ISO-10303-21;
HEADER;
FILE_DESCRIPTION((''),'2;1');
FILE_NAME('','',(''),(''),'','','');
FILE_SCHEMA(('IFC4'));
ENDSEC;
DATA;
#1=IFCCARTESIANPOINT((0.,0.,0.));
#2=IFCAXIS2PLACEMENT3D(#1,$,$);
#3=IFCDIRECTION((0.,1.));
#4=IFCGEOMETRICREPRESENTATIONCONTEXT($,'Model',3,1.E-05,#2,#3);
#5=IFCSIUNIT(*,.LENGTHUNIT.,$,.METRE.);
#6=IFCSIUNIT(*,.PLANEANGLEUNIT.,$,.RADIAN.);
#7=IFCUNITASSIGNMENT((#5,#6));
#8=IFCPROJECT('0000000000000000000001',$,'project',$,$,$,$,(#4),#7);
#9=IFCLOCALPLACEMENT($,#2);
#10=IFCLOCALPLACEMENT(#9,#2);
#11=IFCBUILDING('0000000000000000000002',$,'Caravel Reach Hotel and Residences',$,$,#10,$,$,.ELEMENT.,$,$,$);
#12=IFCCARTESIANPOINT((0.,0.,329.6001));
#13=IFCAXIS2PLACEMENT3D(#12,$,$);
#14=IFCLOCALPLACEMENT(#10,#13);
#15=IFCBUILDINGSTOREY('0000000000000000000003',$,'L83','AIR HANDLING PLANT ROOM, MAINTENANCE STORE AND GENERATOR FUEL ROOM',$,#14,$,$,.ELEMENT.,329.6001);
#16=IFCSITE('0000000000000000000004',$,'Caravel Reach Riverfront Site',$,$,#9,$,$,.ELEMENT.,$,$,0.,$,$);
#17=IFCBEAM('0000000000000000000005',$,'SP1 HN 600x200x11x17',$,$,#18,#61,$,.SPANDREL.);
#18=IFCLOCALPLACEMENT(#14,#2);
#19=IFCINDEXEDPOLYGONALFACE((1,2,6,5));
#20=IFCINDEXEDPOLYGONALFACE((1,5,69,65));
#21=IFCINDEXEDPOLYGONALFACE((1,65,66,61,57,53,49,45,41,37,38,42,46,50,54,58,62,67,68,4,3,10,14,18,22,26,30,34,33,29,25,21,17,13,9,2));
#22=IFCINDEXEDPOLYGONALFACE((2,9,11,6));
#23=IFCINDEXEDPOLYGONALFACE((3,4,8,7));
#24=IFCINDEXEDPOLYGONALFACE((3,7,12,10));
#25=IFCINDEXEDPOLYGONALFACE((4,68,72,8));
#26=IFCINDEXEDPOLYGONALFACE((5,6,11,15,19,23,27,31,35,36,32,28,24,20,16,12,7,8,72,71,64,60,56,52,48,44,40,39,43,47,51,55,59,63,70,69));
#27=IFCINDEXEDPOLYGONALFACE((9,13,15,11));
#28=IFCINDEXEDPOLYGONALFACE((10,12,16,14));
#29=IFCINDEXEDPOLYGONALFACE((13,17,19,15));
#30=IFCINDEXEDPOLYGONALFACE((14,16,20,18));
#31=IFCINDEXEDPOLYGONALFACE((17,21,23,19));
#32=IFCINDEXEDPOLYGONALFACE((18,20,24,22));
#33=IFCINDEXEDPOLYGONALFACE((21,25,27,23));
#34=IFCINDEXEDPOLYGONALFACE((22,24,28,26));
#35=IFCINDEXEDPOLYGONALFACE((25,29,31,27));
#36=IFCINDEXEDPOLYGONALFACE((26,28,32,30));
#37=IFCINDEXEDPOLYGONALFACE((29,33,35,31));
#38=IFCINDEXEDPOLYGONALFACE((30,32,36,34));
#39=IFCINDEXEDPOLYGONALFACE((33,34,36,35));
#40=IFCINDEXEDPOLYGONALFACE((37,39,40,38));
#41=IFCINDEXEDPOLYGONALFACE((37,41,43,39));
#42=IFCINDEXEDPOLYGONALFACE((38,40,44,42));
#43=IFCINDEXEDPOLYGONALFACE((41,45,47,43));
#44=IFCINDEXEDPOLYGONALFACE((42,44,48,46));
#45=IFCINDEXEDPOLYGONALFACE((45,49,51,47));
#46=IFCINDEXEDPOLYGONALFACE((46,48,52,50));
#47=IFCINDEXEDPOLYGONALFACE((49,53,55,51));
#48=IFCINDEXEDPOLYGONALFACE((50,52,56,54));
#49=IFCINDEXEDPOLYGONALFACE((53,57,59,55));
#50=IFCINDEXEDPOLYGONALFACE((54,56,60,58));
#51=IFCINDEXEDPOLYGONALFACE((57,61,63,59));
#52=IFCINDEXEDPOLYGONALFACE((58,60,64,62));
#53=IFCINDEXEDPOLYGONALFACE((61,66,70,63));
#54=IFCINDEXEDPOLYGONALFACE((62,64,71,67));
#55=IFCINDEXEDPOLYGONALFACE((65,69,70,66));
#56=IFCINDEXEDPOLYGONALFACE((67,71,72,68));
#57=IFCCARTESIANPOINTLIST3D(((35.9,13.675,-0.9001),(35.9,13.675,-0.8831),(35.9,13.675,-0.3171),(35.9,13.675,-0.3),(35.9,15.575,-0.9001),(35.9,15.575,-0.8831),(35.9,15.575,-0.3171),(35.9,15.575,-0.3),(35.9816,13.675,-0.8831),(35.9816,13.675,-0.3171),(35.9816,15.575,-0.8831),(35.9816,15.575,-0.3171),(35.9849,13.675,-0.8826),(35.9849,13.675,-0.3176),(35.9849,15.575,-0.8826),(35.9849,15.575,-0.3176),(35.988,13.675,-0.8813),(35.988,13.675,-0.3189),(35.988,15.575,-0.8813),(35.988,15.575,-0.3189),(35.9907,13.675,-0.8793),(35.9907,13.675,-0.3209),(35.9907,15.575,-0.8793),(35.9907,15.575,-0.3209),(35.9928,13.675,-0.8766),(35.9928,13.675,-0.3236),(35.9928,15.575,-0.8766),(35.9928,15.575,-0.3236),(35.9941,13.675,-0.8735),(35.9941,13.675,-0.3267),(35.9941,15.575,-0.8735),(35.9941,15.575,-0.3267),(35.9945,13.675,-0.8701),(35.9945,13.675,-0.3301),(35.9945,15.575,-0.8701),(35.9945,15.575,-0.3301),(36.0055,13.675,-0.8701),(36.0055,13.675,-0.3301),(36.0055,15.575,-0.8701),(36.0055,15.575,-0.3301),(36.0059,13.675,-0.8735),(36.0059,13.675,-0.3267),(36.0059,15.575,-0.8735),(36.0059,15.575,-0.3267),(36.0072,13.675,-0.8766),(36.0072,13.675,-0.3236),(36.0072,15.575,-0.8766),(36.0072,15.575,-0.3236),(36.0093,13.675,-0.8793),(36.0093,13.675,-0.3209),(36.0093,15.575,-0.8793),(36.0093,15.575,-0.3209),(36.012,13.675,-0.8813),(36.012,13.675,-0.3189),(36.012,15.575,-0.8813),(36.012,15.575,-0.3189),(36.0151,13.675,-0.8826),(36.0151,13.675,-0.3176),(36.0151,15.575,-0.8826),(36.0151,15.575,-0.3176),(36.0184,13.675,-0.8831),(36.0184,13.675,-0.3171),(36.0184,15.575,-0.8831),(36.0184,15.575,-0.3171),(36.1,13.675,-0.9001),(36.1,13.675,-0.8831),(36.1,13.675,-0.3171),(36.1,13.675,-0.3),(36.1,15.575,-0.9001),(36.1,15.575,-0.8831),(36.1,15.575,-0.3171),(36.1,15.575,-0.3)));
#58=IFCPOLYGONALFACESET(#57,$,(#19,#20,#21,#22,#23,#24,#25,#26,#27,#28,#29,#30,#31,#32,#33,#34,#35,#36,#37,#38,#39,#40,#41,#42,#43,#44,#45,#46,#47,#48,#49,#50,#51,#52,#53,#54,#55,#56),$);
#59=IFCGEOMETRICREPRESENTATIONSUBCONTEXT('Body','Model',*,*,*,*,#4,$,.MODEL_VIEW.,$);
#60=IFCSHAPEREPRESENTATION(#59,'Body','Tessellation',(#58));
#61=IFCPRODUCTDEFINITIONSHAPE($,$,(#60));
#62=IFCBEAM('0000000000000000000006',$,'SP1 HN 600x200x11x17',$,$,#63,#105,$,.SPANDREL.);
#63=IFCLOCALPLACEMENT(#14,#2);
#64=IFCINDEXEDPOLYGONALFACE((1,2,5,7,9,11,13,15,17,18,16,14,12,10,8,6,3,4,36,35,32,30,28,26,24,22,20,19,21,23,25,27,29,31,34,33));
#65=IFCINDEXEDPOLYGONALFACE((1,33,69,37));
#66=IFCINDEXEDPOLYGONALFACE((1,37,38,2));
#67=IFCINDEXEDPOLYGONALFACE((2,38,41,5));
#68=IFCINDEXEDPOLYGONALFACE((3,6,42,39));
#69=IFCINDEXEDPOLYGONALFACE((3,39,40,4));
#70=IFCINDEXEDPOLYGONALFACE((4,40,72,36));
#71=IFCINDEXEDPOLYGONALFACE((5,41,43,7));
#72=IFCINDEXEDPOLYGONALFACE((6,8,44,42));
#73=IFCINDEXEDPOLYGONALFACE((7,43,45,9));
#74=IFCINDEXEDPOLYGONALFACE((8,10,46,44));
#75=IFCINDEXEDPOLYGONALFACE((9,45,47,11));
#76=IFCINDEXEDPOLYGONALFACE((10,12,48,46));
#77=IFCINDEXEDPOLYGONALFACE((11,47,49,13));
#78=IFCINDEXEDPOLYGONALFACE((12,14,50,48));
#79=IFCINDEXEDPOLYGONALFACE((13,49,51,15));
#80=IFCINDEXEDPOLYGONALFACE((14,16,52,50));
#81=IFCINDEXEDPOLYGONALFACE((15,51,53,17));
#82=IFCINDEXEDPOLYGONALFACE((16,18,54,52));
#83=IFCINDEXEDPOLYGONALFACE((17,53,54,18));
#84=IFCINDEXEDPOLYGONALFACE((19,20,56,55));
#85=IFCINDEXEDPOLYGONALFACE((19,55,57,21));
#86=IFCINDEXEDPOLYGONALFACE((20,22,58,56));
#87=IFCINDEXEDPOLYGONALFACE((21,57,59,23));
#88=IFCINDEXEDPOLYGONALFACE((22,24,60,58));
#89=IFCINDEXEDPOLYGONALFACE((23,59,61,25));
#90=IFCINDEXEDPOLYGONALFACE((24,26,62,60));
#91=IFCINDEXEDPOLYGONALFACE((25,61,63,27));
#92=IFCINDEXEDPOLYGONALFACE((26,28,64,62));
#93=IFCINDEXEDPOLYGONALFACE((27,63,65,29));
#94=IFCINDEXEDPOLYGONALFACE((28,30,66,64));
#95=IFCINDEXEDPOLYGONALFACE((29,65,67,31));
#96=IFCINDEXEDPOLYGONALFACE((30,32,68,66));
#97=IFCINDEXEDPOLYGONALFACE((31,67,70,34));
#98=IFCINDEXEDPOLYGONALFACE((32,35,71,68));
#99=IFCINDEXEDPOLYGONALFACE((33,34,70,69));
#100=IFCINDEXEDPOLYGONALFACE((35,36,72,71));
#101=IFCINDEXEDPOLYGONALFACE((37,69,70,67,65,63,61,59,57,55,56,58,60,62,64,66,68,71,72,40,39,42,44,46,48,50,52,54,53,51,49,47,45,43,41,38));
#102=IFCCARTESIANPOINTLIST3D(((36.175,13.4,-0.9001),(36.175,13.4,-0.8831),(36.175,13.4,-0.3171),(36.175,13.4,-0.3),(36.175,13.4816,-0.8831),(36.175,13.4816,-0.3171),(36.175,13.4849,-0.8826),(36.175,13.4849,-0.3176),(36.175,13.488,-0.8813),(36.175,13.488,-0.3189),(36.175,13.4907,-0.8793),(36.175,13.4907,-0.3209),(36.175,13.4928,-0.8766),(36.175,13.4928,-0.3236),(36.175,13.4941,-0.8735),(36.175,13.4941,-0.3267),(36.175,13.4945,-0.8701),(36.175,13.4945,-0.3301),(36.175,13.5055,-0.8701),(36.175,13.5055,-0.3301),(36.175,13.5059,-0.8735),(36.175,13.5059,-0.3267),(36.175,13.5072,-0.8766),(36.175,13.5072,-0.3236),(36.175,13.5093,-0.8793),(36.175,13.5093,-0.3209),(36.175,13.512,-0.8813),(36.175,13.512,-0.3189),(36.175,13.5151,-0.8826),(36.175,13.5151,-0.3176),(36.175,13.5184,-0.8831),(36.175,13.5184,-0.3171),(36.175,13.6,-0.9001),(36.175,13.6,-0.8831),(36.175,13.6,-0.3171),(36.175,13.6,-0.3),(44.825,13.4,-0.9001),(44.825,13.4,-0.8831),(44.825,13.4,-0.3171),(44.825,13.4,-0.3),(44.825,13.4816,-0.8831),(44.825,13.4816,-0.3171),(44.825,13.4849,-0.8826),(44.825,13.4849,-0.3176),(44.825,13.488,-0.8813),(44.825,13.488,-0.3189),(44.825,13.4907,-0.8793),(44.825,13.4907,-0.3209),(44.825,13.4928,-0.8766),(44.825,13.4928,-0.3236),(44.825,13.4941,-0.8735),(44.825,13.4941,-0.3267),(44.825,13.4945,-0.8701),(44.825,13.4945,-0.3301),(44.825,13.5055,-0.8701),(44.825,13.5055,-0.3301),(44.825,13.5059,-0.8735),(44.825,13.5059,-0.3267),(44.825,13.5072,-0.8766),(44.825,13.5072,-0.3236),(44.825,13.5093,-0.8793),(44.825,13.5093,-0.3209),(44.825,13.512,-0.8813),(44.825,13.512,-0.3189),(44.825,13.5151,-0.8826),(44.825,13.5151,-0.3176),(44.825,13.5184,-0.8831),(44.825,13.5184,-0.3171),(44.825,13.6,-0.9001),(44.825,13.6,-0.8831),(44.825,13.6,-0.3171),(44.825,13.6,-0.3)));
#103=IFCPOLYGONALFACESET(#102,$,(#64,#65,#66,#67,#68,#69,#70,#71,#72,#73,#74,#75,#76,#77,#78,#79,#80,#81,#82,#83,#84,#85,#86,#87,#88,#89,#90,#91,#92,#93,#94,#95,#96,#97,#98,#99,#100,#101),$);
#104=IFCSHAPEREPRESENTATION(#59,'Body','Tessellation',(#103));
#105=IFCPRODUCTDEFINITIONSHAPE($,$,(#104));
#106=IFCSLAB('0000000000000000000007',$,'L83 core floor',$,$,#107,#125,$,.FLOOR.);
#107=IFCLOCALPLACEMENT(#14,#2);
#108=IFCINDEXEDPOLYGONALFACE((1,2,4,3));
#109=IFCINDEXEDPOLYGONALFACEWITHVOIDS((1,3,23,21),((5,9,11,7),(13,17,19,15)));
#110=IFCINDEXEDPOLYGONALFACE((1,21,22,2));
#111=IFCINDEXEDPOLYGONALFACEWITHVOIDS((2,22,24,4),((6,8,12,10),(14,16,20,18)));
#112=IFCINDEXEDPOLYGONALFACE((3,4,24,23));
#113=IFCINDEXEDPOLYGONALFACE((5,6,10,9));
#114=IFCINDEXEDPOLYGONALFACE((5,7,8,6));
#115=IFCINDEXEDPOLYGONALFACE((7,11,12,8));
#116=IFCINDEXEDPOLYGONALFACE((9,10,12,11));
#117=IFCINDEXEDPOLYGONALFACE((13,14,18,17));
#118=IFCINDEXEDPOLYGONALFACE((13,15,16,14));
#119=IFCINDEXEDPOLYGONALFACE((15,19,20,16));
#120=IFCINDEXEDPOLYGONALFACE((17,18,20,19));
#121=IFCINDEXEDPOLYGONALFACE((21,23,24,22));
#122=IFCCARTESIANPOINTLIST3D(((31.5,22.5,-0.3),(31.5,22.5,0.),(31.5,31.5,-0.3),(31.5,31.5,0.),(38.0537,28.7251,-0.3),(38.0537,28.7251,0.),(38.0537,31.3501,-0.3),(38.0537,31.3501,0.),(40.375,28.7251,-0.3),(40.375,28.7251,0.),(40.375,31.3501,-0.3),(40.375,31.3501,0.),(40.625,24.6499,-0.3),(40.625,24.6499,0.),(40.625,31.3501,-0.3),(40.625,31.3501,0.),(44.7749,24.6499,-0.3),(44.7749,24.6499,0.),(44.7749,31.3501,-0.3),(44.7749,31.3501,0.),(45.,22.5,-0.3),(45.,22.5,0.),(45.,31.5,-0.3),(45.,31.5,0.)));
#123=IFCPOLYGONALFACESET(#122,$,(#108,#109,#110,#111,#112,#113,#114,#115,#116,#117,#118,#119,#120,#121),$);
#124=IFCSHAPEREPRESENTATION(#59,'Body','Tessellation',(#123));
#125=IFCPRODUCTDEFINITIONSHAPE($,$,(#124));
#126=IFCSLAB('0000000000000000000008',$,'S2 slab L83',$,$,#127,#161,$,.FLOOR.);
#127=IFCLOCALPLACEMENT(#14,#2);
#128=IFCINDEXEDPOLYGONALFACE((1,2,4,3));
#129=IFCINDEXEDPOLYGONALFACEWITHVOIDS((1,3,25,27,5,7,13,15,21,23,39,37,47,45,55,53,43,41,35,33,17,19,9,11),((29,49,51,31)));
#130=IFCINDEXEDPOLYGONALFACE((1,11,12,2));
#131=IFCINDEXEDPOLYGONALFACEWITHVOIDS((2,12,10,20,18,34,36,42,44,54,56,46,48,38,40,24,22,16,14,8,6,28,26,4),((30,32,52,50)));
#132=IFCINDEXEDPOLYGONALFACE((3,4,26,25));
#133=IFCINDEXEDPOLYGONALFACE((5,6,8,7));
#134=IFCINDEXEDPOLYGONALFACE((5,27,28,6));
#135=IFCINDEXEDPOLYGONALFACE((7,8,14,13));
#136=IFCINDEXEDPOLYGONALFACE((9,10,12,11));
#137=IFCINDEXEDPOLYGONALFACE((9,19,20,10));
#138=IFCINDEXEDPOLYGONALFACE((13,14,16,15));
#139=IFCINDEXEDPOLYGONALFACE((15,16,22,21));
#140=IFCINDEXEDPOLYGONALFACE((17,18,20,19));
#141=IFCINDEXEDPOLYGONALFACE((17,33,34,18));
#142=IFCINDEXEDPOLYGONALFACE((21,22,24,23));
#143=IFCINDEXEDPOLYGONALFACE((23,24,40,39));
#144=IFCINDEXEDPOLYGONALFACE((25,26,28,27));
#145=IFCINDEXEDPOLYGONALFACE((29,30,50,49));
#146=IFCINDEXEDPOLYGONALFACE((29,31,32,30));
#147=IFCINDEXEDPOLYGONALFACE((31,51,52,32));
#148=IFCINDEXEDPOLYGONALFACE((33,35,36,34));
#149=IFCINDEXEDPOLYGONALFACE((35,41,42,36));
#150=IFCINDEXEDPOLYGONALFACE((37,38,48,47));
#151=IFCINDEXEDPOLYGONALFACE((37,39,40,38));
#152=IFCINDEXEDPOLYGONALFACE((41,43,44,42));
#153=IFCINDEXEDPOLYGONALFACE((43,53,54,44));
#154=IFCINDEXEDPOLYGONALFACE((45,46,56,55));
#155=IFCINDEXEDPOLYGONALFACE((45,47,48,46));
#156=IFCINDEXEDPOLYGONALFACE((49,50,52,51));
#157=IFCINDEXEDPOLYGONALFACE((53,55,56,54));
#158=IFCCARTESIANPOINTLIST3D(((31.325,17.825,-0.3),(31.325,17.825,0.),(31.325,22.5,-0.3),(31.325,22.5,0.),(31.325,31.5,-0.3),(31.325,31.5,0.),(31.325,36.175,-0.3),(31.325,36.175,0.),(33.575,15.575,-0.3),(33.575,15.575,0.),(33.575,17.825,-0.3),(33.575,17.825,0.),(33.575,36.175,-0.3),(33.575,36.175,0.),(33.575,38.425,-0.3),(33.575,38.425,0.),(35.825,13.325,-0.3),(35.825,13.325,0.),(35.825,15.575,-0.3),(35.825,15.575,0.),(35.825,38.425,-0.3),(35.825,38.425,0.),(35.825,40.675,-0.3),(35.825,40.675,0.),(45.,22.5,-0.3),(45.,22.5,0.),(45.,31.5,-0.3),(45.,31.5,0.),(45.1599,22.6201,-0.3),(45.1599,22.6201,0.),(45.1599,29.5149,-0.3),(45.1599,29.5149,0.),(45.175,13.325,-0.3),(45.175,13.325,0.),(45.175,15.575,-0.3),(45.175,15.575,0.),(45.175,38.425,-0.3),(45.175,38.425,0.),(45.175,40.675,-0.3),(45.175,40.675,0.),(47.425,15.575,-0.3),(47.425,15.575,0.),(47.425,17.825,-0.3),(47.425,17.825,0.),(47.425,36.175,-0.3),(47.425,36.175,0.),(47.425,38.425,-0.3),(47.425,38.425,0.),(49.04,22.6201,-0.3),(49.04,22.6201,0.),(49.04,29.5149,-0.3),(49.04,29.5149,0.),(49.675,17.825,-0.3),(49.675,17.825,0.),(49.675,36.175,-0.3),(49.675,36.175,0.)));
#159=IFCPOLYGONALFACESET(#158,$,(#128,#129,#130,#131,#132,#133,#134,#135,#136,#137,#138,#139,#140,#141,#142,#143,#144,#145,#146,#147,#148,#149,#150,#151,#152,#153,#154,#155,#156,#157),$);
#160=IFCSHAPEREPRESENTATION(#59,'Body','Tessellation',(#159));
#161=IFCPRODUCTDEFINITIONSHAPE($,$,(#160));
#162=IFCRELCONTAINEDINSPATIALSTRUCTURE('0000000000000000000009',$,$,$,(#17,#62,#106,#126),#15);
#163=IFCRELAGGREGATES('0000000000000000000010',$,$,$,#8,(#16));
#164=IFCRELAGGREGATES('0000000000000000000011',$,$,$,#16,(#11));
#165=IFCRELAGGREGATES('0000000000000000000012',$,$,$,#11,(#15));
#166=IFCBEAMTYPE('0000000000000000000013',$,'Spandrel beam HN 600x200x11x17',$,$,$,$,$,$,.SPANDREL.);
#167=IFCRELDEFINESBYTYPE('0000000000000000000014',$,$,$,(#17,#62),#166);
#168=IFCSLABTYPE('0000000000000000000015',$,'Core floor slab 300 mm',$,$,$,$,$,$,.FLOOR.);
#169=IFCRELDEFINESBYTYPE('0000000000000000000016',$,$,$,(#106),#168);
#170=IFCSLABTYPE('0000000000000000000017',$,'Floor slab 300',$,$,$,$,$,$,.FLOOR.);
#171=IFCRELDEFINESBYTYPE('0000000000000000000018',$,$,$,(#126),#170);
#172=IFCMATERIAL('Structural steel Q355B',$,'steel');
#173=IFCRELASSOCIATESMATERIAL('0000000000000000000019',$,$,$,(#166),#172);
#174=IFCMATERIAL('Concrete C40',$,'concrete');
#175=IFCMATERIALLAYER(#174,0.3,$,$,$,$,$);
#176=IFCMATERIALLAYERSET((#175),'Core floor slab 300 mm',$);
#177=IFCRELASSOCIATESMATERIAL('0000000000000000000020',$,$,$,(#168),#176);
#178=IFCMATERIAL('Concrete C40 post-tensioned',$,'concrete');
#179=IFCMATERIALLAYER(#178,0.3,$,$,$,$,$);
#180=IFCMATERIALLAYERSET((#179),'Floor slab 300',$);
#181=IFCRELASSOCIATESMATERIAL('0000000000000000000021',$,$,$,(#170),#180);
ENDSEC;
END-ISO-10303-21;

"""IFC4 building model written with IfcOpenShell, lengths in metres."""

from ifc_helpers import new_model, si_unit, direction, frame, origin, origin_2d, place, context, subcontext, project, spatial, polyline, i_section, outline, extrude, material, layer, layer_set, material_profile, profile_set, type_object, element, save


model = new_model("IFC4")

# Units and contexts
model_context = context("Model", 3, precision=1e-05, world=origin(), true_north=direction((0.0, 1.0)))
body_context = subcontext(model_context, "Body", "Model", "MODEL_VIEW")
ifc_project = project(units=[si_unit("LENGTHUNIT", "METRE"), si_unit("PLANEANGLEUNIT", "RADIAN")], contexts=[model_context])

# Site, building, storey
site_placement = place(None, origin())
site = spatial("IfcSite", under=ifc_project, at=site_placement, Name="Caravel Reach Riverfront Site", CompositionType="ELEMENT", RefElevation=0.0)
building_placement = place(site_placement, origin())
building = spatial("IfcBuilding", under=site, at=building_placement, Name="Caravel Reach Hotel and Residences", CompositionType="ELEMENT")
storey_placement = place(building_placement, frame((0.0, 0.0, 329.6001)))
storey = spatial("IfcBuildingStorey", under=building, at=storey_placement, Name="L83", Description="AIR HANDLING PLANT ROOM, MAINTENANCE STORE AND GENERATOR FUEL ROOM", CompositionType="ELEMENT", Elevation=329.6001)

# Beams
ifc_material_1 = material(Name="Structural steel Q355B", Category="steel")
ifc_material_profile_1 = material_profile(ifc_material_1, i_section(OverallWidth=0.2, OverallDepth=0.6001, WebThickness=0.011, FlangeThickness=0.0171, FilletRadius=0.0129, at=origin_2d()), Name="HN 600x200x11x17")
ifc_profile_set_1 = profile_set([ifc_material_profile_1], Name="Structural steel Q355B")
beam_type_1 = type_object("IfcBeamType", Name="Spandrel beam HN 600x200x11x17", PredefinedType="SPANDREL", material=ifc_profile_set_1)
for number, where, z_axis, x_axis, name in (
    (1, (36.0, 15.575, -0.6001), (0.0, -1.0, 0.0), (1.0, 0.0, 0.0), "SP1 HN 600x200x11x17"),
):
    element("IfcBeam", number, at=place(storey_placement, frame(where, z_axis=z_axis, x_axis=x_axis)), inside=storey, type_object=beam_type_1, Name=name, PredefinedType="SPANDREL", context=body_context, shape_type="SweptSolid", body=[
        extrude(i_section(OverallWidth=0.2, OverallDepth=0.6001, WebThickness=0.011, FlangeThickness=0.0171, FilletRadius=0.0129, at=origin_2d()), origin(), (0.0, 0.0, 1.0), 1.8999),
    ])
beam_1_placement = place(storey_placement, frame((36.175, 13.5, -0.6001), z_axis=(1.0, 0.0, 0.0), x_axis=(0.0, 1.0, 0.0)))
element("IfcBeam", 2, at=beam_1_placement, inside=storey, type_object=beam_type_1, Name="SP1 HN 600x200x11x17", PredefinedType="SPANDREL", context=body_context, shape_type="SweptSolid", body=[
    extrude(i_section(OverallWidth=0.2, OverallDepth=0.6001, WebThickness=0.011, FlangeThickness=0.0171, FilletRadius=0.0129, at=origin_2d()), origin(), (0.0, 0.0, 1.0), 8.6499),
])

# Slabs
ifc_material_2 = material(Name="Concrete C40", Category="concrete")
ifc_layer_1 = layer(ifc_material_2, 0.3)
ifc_layer_set_1 = layer_set([ifc_layer_1], Name="Core floor slab 300 mm")
slab_type_1 = type_object("IfcSlabType", Name="Core floor slab 300 mm", PredefinedType="FLOOR", material=ifc_layer_set_1)
slab_1_placement = place(storey_placement, frame((0.0, 0.0, -0.3)))
element("IfcSlab", 3, at=slab_1_placement, inside=storey, type_object=slab_type_1, Name="L83 core floor", PredefinedType="FLOOR", context=body_context, shape_type="SweptSolid", body=[
    extrude(outline(polyline([(45.0, 22.5), (31.5, 22.5), (31.5, 31.5), (45.0, 31.5), (45.0, 22.5)]), holes=[polyline([(44.7749, 24.6499), (44.7749, 31.3501), (40.625, 31.3501), (40.625, 24.6499), (44.7749, 24.6499)]), polyline([(40.375, 28.7251), (40.375, 31.3501), (38.0537, 31.3501), (38.0537, 28.7251), (40.375, 28.7251)])]), origin(), (0.0, 0.0, 1.0), 0.3),
])
ifc_material_3 = material(Name="Concrete C40 post-tensioned", Category="concrete")
ifc_layer_2 = layer(ifc_material_3, 0.3)
ifc_layer_set_2 = layer_set([ifc_layer_2], Name="Floor slab 300")
slab_type_2 = type_object("IfcSlabType", Name="Floor slab 300", PredefinedType="FLOOR", material=ifc_layer_set_2)
slab_2_placement = place(storey_placement, frame((0.0, 0.0, -0.3)))
element("IfcSlab", 4, at=slab_2_placement, inside=storey, type_object=slab_type_2, Name="S2 slab L83", PredefinedType="FLOOR", context=body_context, shape_type="SweptSolid", body=[
    extrude(outline(polyline([(33.575, 15.575), (33.575, 17.825), (31.325, 17.825), (31.325, 22.5), (45.0, 22.5), (45.0, 31.5), (31.325, 31.5), (31.325, 36.175), (33.575, 36.175), (33.575, 38.425), (35.825, 38.425), (35.825, 40.675), (45.175, 40.675), (45.175, 38.425), (47.425, 38.425), (47.425, 36.175), (49.675, 36.175), (49.675, 17.825), (47.425, 17.825), (47.425, 15.575), (45.175, 15.575), (45.175, 13.325), (35.825, 13.325), (35.825, 15.575), (33.575, 15.575)]), holes=[polyline([(45.1599, 22.6201), (49.04, 22.6201), (49.04, 29.5149), (45.1599, 29.5149), (45.1599, 22.6201)])]), origin(), (0.0, 0.0, 1.0), 0.3),
])

save(model, "model.ifc")
